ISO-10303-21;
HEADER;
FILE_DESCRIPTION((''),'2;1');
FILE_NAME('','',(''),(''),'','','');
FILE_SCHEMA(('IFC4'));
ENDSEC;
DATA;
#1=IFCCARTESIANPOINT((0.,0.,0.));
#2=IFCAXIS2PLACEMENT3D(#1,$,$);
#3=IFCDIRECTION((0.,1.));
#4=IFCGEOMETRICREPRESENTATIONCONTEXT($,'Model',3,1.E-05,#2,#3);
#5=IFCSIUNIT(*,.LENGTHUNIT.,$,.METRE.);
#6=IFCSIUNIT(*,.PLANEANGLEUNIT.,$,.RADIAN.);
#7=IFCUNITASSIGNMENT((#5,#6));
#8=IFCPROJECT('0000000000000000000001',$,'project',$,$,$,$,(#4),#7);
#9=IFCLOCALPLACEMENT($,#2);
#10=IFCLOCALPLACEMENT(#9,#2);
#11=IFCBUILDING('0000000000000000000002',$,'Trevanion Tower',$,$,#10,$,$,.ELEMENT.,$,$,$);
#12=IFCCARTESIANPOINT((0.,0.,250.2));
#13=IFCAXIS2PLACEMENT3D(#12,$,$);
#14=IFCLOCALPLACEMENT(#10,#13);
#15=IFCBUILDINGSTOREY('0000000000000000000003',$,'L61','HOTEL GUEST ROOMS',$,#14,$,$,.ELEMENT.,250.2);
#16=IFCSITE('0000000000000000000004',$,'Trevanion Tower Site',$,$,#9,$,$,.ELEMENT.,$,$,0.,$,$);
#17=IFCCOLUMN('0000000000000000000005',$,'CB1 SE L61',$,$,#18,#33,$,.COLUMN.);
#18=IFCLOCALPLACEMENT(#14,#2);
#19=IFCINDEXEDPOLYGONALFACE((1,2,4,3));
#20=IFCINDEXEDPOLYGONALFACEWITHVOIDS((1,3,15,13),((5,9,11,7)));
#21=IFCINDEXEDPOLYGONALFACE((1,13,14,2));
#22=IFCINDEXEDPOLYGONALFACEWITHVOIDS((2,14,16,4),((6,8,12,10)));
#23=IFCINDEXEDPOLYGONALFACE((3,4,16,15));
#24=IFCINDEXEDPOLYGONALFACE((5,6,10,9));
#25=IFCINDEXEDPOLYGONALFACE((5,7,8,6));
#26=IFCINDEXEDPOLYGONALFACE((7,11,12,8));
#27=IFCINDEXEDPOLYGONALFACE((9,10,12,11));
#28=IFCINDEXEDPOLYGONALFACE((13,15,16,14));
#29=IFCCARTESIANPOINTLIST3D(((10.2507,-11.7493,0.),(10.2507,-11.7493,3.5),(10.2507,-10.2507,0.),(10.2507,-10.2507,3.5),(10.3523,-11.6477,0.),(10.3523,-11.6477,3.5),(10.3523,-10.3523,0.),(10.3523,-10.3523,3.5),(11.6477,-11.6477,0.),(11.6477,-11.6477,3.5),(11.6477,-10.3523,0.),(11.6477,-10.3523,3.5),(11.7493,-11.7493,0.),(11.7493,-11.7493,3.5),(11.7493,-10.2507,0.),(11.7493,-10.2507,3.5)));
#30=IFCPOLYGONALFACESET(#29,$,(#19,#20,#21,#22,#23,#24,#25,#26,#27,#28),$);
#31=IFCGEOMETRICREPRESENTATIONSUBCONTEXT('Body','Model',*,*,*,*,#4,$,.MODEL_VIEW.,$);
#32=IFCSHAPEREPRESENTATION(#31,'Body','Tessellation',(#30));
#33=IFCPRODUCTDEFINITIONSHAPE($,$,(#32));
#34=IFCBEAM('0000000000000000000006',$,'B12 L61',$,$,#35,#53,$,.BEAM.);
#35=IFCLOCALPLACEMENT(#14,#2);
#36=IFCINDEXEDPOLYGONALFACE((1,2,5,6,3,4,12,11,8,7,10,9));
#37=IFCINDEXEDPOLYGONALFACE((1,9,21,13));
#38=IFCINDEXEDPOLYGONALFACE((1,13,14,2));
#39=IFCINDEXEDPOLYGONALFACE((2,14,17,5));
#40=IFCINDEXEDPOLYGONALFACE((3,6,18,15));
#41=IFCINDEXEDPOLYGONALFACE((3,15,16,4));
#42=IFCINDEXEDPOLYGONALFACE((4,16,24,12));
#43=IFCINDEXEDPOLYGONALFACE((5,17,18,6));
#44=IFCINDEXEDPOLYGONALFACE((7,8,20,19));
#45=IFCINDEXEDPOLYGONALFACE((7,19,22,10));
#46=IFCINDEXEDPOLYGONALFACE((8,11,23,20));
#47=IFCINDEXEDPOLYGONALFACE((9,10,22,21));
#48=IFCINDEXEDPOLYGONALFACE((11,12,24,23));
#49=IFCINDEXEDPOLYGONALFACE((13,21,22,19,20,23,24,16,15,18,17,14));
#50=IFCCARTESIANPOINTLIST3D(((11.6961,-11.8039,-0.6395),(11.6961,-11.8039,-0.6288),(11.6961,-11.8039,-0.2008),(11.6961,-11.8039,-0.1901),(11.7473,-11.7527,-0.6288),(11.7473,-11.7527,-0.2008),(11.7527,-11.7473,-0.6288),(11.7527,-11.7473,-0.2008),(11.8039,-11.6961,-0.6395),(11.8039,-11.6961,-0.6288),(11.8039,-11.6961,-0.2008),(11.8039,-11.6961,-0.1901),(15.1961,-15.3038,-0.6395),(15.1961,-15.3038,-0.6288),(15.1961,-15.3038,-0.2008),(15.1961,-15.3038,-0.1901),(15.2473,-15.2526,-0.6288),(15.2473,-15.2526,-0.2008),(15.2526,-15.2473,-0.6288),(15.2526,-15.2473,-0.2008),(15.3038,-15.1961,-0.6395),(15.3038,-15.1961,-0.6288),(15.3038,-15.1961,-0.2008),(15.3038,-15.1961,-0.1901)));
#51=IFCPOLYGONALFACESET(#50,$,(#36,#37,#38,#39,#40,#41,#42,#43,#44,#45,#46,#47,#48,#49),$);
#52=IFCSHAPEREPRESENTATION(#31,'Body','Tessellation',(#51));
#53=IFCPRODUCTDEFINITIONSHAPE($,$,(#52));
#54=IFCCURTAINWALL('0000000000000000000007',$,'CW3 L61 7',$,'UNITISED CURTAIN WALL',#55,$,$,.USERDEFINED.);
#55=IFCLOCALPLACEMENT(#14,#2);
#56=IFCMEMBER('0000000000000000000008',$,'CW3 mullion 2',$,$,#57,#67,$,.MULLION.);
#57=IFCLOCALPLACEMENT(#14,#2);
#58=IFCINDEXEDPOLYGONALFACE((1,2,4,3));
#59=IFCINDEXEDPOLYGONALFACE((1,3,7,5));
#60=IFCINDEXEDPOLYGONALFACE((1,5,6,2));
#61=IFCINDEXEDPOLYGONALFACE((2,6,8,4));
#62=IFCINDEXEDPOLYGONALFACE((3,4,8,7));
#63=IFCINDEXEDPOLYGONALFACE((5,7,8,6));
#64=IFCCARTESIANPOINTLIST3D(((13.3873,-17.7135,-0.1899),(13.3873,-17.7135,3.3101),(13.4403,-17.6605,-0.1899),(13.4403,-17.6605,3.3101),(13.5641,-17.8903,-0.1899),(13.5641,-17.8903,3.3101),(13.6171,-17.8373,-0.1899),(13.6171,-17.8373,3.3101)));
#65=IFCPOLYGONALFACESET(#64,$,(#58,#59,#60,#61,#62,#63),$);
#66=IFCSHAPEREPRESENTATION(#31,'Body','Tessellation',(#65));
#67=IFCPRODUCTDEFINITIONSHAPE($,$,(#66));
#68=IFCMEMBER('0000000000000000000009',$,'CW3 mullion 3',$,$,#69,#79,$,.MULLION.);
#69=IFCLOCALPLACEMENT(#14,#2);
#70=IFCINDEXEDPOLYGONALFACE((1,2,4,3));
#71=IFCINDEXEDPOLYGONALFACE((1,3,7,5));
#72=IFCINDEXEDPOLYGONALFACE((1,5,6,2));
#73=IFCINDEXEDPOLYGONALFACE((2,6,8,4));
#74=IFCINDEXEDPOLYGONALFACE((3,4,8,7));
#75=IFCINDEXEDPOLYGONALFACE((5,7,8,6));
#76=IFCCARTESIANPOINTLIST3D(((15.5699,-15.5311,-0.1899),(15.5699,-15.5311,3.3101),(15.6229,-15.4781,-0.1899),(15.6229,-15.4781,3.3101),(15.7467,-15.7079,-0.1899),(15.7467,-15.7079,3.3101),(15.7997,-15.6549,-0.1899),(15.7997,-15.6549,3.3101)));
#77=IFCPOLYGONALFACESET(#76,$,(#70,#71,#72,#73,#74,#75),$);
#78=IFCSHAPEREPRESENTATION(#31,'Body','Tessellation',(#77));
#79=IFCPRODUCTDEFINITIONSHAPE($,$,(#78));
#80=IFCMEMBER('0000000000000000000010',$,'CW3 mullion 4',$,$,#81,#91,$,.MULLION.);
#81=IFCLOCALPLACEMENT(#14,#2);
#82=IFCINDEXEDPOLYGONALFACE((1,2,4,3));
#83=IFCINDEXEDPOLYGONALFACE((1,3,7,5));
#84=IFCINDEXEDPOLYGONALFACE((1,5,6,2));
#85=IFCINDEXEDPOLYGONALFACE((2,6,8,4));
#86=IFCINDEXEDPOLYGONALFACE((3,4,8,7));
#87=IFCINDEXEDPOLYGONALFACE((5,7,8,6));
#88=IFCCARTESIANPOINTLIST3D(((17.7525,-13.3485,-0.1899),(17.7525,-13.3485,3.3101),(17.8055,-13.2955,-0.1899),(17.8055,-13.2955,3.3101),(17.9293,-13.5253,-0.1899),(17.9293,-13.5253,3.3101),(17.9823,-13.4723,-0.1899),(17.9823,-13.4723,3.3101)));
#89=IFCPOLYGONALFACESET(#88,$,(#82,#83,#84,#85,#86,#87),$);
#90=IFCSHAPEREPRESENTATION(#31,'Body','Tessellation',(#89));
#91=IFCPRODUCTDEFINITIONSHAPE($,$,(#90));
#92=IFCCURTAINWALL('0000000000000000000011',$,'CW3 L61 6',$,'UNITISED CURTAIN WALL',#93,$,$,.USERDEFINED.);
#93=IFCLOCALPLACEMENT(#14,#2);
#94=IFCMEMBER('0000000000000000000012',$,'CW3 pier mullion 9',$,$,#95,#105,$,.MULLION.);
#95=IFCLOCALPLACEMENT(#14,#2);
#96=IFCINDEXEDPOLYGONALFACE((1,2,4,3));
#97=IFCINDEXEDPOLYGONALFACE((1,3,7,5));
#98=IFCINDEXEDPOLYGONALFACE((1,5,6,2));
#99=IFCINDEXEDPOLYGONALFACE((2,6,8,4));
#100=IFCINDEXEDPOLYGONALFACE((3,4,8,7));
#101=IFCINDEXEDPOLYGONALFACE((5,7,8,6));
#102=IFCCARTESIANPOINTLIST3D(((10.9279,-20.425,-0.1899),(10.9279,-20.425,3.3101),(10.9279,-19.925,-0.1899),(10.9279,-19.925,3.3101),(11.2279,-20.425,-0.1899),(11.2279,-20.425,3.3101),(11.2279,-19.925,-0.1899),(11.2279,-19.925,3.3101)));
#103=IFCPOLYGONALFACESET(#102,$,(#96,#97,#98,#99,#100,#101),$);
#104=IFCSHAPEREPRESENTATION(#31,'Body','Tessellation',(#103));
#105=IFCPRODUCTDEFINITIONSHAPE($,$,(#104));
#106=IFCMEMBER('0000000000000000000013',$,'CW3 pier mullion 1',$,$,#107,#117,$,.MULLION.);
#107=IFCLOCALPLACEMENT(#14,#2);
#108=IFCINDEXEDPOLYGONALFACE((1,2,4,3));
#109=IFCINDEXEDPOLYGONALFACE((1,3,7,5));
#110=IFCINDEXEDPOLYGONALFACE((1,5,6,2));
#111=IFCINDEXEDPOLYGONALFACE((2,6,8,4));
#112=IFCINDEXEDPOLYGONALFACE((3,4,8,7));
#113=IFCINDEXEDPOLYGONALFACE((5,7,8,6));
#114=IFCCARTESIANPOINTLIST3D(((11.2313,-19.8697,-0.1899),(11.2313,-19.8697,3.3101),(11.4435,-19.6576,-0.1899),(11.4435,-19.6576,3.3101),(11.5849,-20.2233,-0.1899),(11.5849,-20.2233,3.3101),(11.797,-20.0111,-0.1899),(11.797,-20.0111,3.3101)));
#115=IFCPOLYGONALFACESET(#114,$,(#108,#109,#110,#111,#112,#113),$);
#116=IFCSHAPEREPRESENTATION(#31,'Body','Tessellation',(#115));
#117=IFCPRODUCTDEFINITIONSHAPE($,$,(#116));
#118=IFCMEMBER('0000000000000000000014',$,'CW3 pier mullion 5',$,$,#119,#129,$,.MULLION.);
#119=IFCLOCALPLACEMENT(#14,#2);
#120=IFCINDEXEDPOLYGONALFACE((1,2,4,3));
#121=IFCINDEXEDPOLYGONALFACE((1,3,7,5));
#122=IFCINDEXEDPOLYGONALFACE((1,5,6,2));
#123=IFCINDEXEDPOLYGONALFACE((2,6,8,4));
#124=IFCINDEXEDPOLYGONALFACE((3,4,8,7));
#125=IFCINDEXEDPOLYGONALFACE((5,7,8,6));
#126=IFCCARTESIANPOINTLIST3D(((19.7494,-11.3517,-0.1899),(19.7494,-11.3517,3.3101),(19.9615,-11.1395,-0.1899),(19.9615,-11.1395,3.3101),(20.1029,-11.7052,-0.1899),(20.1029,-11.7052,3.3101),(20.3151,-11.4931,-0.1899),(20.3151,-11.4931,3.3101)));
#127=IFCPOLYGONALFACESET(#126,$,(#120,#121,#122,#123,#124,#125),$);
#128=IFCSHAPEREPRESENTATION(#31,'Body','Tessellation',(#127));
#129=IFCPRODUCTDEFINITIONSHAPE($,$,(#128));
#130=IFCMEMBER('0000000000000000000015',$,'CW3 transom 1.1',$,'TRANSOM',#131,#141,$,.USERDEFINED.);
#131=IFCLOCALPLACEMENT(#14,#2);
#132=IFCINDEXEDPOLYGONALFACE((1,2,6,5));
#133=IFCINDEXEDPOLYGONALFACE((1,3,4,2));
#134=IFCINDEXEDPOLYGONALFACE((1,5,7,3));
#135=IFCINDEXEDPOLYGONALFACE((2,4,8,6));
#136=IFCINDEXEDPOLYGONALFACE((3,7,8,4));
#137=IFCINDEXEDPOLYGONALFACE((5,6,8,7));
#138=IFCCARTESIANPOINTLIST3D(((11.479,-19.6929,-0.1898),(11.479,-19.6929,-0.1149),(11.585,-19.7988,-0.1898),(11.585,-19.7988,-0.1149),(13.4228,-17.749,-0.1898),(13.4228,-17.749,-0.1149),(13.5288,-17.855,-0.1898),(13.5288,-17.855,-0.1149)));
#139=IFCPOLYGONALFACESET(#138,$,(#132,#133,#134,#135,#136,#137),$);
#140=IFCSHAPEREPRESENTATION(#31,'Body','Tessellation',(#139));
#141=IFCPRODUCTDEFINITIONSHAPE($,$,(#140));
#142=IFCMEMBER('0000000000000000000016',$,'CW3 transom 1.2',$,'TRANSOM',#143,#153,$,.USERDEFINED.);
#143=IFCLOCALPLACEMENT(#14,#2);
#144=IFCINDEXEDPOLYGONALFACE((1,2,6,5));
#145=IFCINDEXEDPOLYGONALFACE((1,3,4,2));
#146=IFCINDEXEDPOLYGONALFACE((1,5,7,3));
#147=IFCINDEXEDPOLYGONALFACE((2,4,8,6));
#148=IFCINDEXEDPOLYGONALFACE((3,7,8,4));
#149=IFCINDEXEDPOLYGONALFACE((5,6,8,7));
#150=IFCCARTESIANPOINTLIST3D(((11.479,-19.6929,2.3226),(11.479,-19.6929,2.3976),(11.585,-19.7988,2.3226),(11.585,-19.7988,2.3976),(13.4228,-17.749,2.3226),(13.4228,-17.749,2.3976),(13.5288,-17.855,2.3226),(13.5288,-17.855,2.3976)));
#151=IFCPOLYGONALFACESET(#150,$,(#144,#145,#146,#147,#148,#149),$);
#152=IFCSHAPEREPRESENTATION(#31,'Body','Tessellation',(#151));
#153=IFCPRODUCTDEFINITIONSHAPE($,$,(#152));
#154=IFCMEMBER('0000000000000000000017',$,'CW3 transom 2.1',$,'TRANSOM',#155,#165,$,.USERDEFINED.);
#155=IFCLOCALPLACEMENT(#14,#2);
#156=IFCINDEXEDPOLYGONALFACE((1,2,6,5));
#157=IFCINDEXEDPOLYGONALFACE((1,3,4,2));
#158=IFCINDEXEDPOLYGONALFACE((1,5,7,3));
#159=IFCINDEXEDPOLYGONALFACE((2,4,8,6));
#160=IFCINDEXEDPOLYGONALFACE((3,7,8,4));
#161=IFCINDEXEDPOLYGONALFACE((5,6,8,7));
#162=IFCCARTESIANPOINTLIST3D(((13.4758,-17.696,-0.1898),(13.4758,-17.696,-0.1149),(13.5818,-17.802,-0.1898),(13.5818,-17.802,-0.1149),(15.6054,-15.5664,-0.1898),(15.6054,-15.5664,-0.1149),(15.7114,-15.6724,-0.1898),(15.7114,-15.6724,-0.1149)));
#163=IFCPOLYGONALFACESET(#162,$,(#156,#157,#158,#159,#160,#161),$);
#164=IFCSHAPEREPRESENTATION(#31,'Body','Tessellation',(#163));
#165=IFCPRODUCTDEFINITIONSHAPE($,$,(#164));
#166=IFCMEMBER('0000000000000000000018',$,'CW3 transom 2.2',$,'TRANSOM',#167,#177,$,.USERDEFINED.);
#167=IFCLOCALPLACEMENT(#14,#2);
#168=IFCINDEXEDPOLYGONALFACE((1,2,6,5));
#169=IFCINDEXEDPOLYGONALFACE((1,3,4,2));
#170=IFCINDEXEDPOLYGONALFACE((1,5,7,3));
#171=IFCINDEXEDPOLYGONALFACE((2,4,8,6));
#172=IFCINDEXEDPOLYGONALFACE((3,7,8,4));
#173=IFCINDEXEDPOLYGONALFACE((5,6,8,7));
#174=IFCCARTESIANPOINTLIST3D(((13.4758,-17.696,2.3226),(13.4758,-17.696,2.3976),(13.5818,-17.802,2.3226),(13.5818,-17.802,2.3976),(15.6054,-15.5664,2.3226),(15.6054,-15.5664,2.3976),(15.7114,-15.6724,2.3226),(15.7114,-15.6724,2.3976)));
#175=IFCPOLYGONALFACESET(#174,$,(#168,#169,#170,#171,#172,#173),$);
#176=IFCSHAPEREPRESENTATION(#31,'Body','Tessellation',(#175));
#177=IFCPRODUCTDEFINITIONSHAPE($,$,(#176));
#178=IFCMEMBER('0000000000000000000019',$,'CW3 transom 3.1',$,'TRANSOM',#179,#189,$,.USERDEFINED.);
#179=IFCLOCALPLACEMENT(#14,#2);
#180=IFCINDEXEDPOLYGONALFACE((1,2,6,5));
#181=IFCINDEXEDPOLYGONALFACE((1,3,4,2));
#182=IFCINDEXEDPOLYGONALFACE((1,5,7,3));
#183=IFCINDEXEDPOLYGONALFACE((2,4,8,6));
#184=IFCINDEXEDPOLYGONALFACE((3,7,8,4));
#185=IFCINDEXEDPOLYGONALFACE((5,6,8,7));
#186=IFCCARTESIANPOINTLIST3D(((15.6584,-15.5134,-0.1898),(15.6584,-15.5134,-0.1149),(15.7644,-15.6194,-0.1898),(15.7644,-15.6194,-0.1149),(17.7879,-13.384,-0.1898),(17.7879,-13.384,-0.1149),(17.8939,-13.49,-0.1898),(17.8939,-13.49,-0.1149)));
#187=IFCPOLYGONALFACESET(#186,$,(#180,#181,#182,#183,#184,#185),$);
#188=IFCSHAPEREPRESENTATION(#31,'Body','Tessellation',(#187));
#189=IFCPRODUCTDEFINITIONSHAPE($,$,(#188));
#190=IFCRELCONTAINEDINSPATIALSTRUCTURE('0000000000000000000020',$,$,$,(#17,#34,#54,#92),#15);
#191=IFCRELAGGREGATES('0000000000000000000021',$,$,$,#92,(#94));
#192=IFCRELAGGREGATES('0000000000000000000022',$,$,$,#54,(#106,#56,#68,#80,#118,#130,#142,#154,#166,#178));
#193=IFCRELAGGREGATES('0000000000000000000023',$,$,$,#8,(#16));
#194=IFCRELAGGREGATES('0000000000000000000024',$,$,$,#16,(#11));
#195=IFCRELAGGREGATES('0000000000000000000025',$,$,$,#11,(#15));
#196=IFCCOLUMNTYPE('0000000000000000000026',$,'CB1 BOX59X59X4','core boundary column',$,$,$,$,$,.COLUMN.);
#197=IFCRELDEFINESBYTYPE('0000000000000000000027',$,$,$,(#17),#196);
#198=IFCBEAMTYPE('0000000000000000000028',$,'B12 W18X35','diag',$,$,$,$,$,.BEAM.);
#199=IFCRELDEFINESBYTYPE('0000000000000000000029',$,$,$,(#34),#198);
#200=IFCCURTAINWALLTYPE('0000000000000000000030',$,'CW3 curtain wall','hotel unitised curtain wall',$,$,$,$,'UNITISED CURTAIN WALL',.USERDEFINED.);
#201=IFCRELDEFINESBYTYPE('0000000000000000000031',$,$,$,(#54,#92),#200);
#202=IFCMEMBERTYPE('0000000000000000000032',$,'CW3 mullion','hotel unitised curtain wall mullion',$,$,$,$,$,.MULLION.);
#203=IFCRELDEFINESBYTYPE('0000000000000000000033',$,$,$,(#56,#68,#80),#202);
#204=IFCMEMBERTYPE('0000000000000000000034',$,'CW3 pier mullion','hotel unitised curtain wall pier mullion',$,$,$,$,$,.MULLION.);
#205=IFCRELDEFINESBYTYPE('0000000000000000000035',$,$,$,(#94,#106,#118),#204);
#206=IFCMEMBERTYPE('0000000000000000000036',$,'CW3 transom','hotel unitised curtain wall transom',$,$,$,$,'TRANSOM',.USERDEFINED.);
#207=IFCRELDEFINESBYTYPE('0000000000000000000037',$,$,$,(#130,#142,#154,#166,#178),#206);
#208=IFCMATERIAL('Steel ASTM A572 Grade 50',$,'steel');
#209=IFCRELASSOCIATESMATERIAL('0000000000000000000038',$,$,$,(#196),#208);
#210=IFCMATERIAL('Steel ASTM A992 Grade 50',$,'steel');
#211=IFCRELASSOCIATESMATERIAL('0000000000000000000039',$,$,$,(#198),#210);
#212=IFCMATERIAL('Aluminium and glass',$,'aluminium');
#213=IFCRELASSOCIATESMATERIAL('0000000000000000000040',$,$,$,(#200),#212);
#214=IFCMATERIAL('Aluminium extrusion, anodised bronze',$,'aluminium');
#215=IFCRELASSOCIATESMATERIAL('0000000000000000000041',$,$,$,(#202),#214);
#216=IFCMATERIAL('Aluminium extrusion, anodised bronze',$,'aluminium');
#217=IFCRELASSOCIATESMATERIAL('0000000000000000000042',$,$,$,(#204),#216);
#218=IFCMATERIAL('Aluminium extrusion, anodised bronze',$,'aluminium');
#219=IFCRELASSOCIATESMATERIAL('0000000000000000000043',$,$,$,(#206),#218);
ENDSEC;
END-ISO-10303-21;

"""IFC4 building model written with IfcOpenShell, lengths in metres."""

from ifc_helpers import new_model, si_unit, direction, frame, origin, origin_2d, place, context, subcontext, project, spatial, rectangle, hollow_rectangle, i_section, extrude, material, material_profile, profile_set, type_object, element, aggregate, save


model = new_model("IFC4")

# Units and contexts
model_context = context("Model", 3, precision=1e-05, world=origin(), true_north=direction((0.0, 1.0)))
body_context = subcontext(model_context, "Body", "Model", "MODEL_VIEW")
ifc_project = project(units=[si_unit("LENGTHUNIT", "METRE"), si_unit("PLANEANGLEUNIT", "RADIAN")], contexts=[model_context])

# Site, building, storey
site_placement = place(None, origin())
site = spatial("IfcSite", under=ifc_project, at=site_placement, Name="Trevanion Tower Site", CompositionType="ELEMENT", RefElevation=0.0)
building_placement = place(site_placement, origin())
building = spatial("IfcBuilding", under=site, at=building_placement, Name="Trevanion Tower", CompositionType="ELEMENT")
storey_placement = place(building_placement, frame((0.0, 0.0, 250.2)))
storey = spatial("IfcBuildingStorey", under=building, at=storey_placement, Name="L61", Description="HOTEL GUEST ROOMS", CompositionType="ELEMENT", Elevation=250.2)

# Column
ifc_material_1 = material(Name="Steel ASTM A572 Grade 50", Category="steel")
ifc_material_profile_1 = material_profile(ifc_material_1, hollow_rectangle(XDim=1.4985, YDim=1.4985, WallThickness=0.1016, at=origin_2d()), Name="BOX59X59X4")
ifc_profile_set_1 = profile_set([ifc_material_profile_1], Name="Steel ASTM A572 Grade 50")
column_type = type_object("IfcColumnType", Name="CB1 BOX59X59X4", Description="core boundary column", PredefinedType="COLUMN", material=ifc_profile_set_1)
column_placement = place(storey_placement, frame((11.0, -11.0, 0.0), z_axis=(0.0, 0.0, 1.0), x_axis=(1.0, 0.0, 0.0)))
element("IfcColumn", 1, at=column_placement, inside=storey, type_object=column_type, Name="CB1 SE L61", PredefinedType="COLUMN", context=body_context, shape_type="SweptSolid", body=[
    extrude(hollow_rectangle(XDim=1.4985, YDim=1.4985, WallThickness=0.1016, at=origin_2d()), origin(), (0.0, 0.0, 1.0), 3.5),
])

# Beam
ifc_material_2 = material(Name="Steel ASTM A992 Grade 50", Category="steel")
ifc_material_profile_2 = material_profile(ifc_material_2, i_section(OverallWidth=0.1523, OverallDepth=0.4495, WebThickness=0.0076, FlangeThickness=0.0107, at=origin_2d()), Name="W18X35")
ifc_profile_set_2 = profile_set([ifc_material_profile_2], Name="Steel ASTM A992 Grade 50")
beam_type_1 = type_object("IfcBeamType", Name="B12 W18X35", Description="diag", PredefinedType="BEAM", material=ifc_profile_set_2)
beam_1_placement = place(storey_placement, frame((11.75, -11.75, -0.4148), z_axis=(0.707107, -0.707107, 0.0), x_axis=(0.707107, 0.707107, 0.0)))
element("IfcBeam", 2, at=beam_1_placement, inside=storey, type_object=beam_type_1, Name="B12 L61", PredefinedType="BEAM", context=body_context, shape_type="SweptSolid", body=[
    extrude(i_section(OverallWidth=0.1523, OverallDepth=0.4495, WebThickness=0.0076, FlangeThickness=0.0107, at=origin_2d()), origin(), (0.0, 0.0, 1.0), 4.9497),
])

# Curtain wall, members
ifc_material_3 = material(Name="Aluminium and glass", Category="aluminium")
curtain_wall_type = type_object("IfcCurtainWallType", Name="CW3 curtain wall", Description="hotel unitised curtain wall", ElementType="UNITISED CURTAIN WALL", PredefinedType="USERDEFINED", material=ifc_material_3)
curtain_wall_1_placement = place(storey_placement, origin())
curtain_wall_1 = element("IfcCurtainWall", 3, at=curtain_wall_1_placement, inside=storey, type_object=curtain_wall_type, Name="CW3 L61 7", ObjectType="UNITISED CURTAIN WALL", PredefinedType="USERDEFINED")
ifc_material_4 = material(Name="Aluminium extrusion, anodised bronze", Category="aluminium")
ifc_material_profile_3 = material_profile(ifc_material_4, rectangle(XDim=0.075, YDim=0.25, at=origin_2d()), Name="CW3 mullion")
ifc_profile_set_3 = profile_set([ifc_material_profile_3], Name="Aluminium extrusion, anodised bronze")
member_type_1 = type_object("IfcMemberType", Name="CW3 mullion", Description="hotel unitised curtain wall mullion", PredefinedType="MULLION", material=ifc_profile_set_3)
member_1_placement = place(storey_placement, frame((13.5022, -17.7754, -0.1899), z_axis=(0.0, 0.0, 1.0), x_axis=(0.707107, 0.707107, 0.0)))
member_1 = element("IfcMember", 4, at=member_1_placement, type_object=member_type_1, Name="CW3 mullion 2", PredefinedType="MULLION", context=body_context, shape_type="SweptSolid", body=[
    extrude(rectangle(XDim=0.075, YDim=0.25, at=origin_2d()), origin(), (0.0, 0.0, 1.0), 3.5),
])
member_2_placement = place(storey_placement, frame((15.6848, -15.593, -0.1899), z_axis=(0.0, 0.0, 1.0), x_axis=(0.707107, 0.707107, 0.0)))
member_2 = element("IfcMember", 5, at=member_2_placement, type_object=member_type_1, Name="CW3 mullion 3", PredefinedType="MULLION", context=body_context, shape_type="SweptSolid", body=[
    extrude(rectangle(XDim=0.075, YDim=0.25, at=origin_2d()), origin(), (0.0, 0.0, 1.0), 3.5),
])
member_3_placement = place(storey_placement, frame((17.8674, -13.4104, -0.1899), z_axis=(0.0, 0.0, 1.0), x_axis=(0.707107, 0.707107, 0.0)))
member_3 = element("IfcMember", 6, at=member_3_placement, type_object=member_type_1, Name="CW3 mullion 4", PredefinedType="MULLION", context=body_context, shape_type="SweptSolid", body=[
    extrude(rectangle(XDim=0.075, YDim=0.25, at=origin_2d()), origin(), (0.0, 0.0, 1.0), 3.5),
])

# Curtain wall, member
curtain_wall_2_placement = place(storey_placement, origin())
curtain_wall_2 = element("IfcCurtainWall", 7, at=curtain_wall_2_placement, inside=storey, type_object=curtain_wall_type, Name="CW3 L61 6", ObjectType="UNITISED CURTAIN WALL", PredefinedType="USERDEFINED")
ifc_material_5 = material(Name="Aluminium extrusion, anodised bronze", Category="aluminium")
ifc_material_profile_4 = material_profile(ifc_material_5, rectangle(XDim=0.3, YDim=0.5, at=origin_2d()), Name="CW3 pier mullion")
ifc_profile_set_4 = profile_set([ifc_material_profile_4], Name="Aluminium extrusion, anodised bronze")
member_type_2 = type_object("IfcMemberType", Name="CW3 pier mullion", Description="hotel unitised curtain wall pier mullion", PredefinedType="MULLION", material=ifc_profile_set_4)
member_4_placement = place(storey_placement, frame((11.0779, -20.175, -0.1899), z_axis=(0.0, 0.0, 1.0), x_axis=(1.0, 0.0, 0.0)))
member_4 = element("IfcMember", 8, at=member_4_placement, type_object=member_type_2, Name="CW3 pier mullion 9", PredefinedType="MULLION", context=body_context, shape_type="SweptSolid", body=[
    extrude(rectangle(XDim=0.3, YDim=0.5, at=origin_2d()), origin(), (0.0, 0.0, 1.0), 3.5),
])
aggregate(curtain_wall_2, [member_4])

# Members
member_5_placement = place(storey_placement, frame((11.5142, -19.9404, -0.1899), z_axis=(0.0, 0.0, 1.0), x_axis=(0.707107, 0.707107, 0.0)))
member_5 = element("IfcMember", 9, at=member_5_placement, type_object=member_type_2, Name="CW3 pier mullion 1", PredefinedType="MULLION", context=body_context, shape_type="SweptSolid", body=[
    extrude(rectangle(XDim=0.3, YDim=0.5, at=origin_2d()), origin(), (0.0, 0.0, 1.0), 3.5),
])
member_6_placement = place(storey_placement, frame((20.0322, -11.4224, -0.1899), z_axis=(0.0, 0.0, 1.0), x_axis=(0.707107, 0.707107, 0.0)))
member_6 = element("IfcMember", 10, at=member_6_placement, type_object=member_type_2, Name="CW3 pier mullion 5", PredefinedType="MULLION", context=body_context, shape_type="SweptSolid", body=[
    extrude(rectangle(XDim=0.3, YDim=0.5, at=origin_2d()), origin(), (0.0, 0.0, 1.0), 3.5),
])
ifc_material_6 = material(Name="Aluminium extrusion, anodised bronze", Category="aluminium")
ifc_material_profile_5 = material_profile(ifc_material_6, rectangle(XDim=0.1499, YDim=0.075, at=origin_2d()), Name="CW3 transom")
ifc_profile_set_5 = profile_set([ifc_material_profile_5], Name="Aluminium extrusion, anodised bronze")
member_type_3 = type_object("IfcMemberType", Name="CW3 transom", Description="hotel unitised curtain wall transom", ElementType="TRANSOM", PredefinedType="USERDEFINED", material=ifc_profile_set_5)
member_7_placement = place(storey_placement, frame((11.532, -19.7458, -0.1523), z_axis=(0.707107, 0.707107, 0.0), x_axis=(-0.707107, 0.707107, 0.0)))
member_7 = element("IfcMember", 11, at=member_7_placement, type_object=member_type_3, Name="CW3 transom 1.1", ObjectType="TRANSOM", PredefinedType="USERDEFINED", context=body_context, shape_type="SweptSolid", body=[
    extrude(rectangle(XDim=0.1499, YDim=0.075, at=origin_2d()), origin(), (0.0, 0.0, 1.0), 2.749),
])
member_8_placement = place(storey_placement, frame((11.532, -19.7458, 2.3601), z_axis=(0.707107, 0.707107, 0.0), x_axis=(-0.707107, 0.707107, 0.0)))
member_8 = element("IfcMember", 12, at=member_8_placement, type_object=member_type_3, Name="CW3 transom 1.2", ObjectType="TRANSOM", PredefinedType="USERDEFINED", context=body_context, shape_type="SweptSolid", body=[
    extrude(rectangle(XDim=0.1499, YDim=0.075, at=origin_2d()), origin(), (0.0, 0.0, 1.0), 2.749),
])
member_9_placement = place(storey_placement, frame((13.5288, -17.749, -0.1523), z_axis=(0.707107, 0.707107, 0.0), x_axis=(-0.707107, 0.707107, 0.0)))
member_9 = element("IfcMember", 13, at=member_9_placement, type_object=member_type_3, Name="CW3 transom 2.1", ObjectType="TRANSOM", PredefinedType="USERDEFINED", context=body_context, shape_type="SweptSolid", body=[
    extrude(rectangle(XDim=0.1499, YDim=0.075, at=origin_2d()), origin(), (0.0, 0.0, 1.0), 3.0117),
])
member_10_placement = place(storey_placement, frame((13.5288, -17.749, 2.3601), z_axis=(0.707107, 0.707107, 0.0), x_axis=(-0.707107, 0.707107, 0.0)))
member_10 = element("IfcMember", 14, at=member_10_placement, type_object=member_type_3, Name="CW3 transom 2.2", ObjectType="TRANSOM", PredefinedType="USERDEFINED", context=body_context, shape_type="SweptSolid", body=[
    extrude(rectangle(XDim=0.1499, YDim=0.075, at=origin_2d()), origin(), (0.0, 0.0, 1.0), 3.0117),
])
member_11_placement = place(storey_placement, frame((15.7114, -15.5664, -0.1523), z_axis=(0.707107, 0.707107, 0.0), x_axis=(-0.707107, 0.707107, 0.0)))
member_11 = element("IfcMember", 15, at=member_11_placement, type_object=member_type_3, Name="CW3 transom 3.1", ObjectType="TRANSOM", PredefinedType="USERDEFINED", context=body_context, shape_type="SweptSolid", body=[
    extrude(rectangle(XDim=0.1499, YDim=0.075, at=origin_2d()), origin(), (0.0, 0.0, 1.0), 3.0115),
])

aggregate(curtain_wall_1, [member_5, member_1, member_2, member_3, member_6, member_7, member_8, member_9, member_10, member_11])

save(model, "model.ifc")
